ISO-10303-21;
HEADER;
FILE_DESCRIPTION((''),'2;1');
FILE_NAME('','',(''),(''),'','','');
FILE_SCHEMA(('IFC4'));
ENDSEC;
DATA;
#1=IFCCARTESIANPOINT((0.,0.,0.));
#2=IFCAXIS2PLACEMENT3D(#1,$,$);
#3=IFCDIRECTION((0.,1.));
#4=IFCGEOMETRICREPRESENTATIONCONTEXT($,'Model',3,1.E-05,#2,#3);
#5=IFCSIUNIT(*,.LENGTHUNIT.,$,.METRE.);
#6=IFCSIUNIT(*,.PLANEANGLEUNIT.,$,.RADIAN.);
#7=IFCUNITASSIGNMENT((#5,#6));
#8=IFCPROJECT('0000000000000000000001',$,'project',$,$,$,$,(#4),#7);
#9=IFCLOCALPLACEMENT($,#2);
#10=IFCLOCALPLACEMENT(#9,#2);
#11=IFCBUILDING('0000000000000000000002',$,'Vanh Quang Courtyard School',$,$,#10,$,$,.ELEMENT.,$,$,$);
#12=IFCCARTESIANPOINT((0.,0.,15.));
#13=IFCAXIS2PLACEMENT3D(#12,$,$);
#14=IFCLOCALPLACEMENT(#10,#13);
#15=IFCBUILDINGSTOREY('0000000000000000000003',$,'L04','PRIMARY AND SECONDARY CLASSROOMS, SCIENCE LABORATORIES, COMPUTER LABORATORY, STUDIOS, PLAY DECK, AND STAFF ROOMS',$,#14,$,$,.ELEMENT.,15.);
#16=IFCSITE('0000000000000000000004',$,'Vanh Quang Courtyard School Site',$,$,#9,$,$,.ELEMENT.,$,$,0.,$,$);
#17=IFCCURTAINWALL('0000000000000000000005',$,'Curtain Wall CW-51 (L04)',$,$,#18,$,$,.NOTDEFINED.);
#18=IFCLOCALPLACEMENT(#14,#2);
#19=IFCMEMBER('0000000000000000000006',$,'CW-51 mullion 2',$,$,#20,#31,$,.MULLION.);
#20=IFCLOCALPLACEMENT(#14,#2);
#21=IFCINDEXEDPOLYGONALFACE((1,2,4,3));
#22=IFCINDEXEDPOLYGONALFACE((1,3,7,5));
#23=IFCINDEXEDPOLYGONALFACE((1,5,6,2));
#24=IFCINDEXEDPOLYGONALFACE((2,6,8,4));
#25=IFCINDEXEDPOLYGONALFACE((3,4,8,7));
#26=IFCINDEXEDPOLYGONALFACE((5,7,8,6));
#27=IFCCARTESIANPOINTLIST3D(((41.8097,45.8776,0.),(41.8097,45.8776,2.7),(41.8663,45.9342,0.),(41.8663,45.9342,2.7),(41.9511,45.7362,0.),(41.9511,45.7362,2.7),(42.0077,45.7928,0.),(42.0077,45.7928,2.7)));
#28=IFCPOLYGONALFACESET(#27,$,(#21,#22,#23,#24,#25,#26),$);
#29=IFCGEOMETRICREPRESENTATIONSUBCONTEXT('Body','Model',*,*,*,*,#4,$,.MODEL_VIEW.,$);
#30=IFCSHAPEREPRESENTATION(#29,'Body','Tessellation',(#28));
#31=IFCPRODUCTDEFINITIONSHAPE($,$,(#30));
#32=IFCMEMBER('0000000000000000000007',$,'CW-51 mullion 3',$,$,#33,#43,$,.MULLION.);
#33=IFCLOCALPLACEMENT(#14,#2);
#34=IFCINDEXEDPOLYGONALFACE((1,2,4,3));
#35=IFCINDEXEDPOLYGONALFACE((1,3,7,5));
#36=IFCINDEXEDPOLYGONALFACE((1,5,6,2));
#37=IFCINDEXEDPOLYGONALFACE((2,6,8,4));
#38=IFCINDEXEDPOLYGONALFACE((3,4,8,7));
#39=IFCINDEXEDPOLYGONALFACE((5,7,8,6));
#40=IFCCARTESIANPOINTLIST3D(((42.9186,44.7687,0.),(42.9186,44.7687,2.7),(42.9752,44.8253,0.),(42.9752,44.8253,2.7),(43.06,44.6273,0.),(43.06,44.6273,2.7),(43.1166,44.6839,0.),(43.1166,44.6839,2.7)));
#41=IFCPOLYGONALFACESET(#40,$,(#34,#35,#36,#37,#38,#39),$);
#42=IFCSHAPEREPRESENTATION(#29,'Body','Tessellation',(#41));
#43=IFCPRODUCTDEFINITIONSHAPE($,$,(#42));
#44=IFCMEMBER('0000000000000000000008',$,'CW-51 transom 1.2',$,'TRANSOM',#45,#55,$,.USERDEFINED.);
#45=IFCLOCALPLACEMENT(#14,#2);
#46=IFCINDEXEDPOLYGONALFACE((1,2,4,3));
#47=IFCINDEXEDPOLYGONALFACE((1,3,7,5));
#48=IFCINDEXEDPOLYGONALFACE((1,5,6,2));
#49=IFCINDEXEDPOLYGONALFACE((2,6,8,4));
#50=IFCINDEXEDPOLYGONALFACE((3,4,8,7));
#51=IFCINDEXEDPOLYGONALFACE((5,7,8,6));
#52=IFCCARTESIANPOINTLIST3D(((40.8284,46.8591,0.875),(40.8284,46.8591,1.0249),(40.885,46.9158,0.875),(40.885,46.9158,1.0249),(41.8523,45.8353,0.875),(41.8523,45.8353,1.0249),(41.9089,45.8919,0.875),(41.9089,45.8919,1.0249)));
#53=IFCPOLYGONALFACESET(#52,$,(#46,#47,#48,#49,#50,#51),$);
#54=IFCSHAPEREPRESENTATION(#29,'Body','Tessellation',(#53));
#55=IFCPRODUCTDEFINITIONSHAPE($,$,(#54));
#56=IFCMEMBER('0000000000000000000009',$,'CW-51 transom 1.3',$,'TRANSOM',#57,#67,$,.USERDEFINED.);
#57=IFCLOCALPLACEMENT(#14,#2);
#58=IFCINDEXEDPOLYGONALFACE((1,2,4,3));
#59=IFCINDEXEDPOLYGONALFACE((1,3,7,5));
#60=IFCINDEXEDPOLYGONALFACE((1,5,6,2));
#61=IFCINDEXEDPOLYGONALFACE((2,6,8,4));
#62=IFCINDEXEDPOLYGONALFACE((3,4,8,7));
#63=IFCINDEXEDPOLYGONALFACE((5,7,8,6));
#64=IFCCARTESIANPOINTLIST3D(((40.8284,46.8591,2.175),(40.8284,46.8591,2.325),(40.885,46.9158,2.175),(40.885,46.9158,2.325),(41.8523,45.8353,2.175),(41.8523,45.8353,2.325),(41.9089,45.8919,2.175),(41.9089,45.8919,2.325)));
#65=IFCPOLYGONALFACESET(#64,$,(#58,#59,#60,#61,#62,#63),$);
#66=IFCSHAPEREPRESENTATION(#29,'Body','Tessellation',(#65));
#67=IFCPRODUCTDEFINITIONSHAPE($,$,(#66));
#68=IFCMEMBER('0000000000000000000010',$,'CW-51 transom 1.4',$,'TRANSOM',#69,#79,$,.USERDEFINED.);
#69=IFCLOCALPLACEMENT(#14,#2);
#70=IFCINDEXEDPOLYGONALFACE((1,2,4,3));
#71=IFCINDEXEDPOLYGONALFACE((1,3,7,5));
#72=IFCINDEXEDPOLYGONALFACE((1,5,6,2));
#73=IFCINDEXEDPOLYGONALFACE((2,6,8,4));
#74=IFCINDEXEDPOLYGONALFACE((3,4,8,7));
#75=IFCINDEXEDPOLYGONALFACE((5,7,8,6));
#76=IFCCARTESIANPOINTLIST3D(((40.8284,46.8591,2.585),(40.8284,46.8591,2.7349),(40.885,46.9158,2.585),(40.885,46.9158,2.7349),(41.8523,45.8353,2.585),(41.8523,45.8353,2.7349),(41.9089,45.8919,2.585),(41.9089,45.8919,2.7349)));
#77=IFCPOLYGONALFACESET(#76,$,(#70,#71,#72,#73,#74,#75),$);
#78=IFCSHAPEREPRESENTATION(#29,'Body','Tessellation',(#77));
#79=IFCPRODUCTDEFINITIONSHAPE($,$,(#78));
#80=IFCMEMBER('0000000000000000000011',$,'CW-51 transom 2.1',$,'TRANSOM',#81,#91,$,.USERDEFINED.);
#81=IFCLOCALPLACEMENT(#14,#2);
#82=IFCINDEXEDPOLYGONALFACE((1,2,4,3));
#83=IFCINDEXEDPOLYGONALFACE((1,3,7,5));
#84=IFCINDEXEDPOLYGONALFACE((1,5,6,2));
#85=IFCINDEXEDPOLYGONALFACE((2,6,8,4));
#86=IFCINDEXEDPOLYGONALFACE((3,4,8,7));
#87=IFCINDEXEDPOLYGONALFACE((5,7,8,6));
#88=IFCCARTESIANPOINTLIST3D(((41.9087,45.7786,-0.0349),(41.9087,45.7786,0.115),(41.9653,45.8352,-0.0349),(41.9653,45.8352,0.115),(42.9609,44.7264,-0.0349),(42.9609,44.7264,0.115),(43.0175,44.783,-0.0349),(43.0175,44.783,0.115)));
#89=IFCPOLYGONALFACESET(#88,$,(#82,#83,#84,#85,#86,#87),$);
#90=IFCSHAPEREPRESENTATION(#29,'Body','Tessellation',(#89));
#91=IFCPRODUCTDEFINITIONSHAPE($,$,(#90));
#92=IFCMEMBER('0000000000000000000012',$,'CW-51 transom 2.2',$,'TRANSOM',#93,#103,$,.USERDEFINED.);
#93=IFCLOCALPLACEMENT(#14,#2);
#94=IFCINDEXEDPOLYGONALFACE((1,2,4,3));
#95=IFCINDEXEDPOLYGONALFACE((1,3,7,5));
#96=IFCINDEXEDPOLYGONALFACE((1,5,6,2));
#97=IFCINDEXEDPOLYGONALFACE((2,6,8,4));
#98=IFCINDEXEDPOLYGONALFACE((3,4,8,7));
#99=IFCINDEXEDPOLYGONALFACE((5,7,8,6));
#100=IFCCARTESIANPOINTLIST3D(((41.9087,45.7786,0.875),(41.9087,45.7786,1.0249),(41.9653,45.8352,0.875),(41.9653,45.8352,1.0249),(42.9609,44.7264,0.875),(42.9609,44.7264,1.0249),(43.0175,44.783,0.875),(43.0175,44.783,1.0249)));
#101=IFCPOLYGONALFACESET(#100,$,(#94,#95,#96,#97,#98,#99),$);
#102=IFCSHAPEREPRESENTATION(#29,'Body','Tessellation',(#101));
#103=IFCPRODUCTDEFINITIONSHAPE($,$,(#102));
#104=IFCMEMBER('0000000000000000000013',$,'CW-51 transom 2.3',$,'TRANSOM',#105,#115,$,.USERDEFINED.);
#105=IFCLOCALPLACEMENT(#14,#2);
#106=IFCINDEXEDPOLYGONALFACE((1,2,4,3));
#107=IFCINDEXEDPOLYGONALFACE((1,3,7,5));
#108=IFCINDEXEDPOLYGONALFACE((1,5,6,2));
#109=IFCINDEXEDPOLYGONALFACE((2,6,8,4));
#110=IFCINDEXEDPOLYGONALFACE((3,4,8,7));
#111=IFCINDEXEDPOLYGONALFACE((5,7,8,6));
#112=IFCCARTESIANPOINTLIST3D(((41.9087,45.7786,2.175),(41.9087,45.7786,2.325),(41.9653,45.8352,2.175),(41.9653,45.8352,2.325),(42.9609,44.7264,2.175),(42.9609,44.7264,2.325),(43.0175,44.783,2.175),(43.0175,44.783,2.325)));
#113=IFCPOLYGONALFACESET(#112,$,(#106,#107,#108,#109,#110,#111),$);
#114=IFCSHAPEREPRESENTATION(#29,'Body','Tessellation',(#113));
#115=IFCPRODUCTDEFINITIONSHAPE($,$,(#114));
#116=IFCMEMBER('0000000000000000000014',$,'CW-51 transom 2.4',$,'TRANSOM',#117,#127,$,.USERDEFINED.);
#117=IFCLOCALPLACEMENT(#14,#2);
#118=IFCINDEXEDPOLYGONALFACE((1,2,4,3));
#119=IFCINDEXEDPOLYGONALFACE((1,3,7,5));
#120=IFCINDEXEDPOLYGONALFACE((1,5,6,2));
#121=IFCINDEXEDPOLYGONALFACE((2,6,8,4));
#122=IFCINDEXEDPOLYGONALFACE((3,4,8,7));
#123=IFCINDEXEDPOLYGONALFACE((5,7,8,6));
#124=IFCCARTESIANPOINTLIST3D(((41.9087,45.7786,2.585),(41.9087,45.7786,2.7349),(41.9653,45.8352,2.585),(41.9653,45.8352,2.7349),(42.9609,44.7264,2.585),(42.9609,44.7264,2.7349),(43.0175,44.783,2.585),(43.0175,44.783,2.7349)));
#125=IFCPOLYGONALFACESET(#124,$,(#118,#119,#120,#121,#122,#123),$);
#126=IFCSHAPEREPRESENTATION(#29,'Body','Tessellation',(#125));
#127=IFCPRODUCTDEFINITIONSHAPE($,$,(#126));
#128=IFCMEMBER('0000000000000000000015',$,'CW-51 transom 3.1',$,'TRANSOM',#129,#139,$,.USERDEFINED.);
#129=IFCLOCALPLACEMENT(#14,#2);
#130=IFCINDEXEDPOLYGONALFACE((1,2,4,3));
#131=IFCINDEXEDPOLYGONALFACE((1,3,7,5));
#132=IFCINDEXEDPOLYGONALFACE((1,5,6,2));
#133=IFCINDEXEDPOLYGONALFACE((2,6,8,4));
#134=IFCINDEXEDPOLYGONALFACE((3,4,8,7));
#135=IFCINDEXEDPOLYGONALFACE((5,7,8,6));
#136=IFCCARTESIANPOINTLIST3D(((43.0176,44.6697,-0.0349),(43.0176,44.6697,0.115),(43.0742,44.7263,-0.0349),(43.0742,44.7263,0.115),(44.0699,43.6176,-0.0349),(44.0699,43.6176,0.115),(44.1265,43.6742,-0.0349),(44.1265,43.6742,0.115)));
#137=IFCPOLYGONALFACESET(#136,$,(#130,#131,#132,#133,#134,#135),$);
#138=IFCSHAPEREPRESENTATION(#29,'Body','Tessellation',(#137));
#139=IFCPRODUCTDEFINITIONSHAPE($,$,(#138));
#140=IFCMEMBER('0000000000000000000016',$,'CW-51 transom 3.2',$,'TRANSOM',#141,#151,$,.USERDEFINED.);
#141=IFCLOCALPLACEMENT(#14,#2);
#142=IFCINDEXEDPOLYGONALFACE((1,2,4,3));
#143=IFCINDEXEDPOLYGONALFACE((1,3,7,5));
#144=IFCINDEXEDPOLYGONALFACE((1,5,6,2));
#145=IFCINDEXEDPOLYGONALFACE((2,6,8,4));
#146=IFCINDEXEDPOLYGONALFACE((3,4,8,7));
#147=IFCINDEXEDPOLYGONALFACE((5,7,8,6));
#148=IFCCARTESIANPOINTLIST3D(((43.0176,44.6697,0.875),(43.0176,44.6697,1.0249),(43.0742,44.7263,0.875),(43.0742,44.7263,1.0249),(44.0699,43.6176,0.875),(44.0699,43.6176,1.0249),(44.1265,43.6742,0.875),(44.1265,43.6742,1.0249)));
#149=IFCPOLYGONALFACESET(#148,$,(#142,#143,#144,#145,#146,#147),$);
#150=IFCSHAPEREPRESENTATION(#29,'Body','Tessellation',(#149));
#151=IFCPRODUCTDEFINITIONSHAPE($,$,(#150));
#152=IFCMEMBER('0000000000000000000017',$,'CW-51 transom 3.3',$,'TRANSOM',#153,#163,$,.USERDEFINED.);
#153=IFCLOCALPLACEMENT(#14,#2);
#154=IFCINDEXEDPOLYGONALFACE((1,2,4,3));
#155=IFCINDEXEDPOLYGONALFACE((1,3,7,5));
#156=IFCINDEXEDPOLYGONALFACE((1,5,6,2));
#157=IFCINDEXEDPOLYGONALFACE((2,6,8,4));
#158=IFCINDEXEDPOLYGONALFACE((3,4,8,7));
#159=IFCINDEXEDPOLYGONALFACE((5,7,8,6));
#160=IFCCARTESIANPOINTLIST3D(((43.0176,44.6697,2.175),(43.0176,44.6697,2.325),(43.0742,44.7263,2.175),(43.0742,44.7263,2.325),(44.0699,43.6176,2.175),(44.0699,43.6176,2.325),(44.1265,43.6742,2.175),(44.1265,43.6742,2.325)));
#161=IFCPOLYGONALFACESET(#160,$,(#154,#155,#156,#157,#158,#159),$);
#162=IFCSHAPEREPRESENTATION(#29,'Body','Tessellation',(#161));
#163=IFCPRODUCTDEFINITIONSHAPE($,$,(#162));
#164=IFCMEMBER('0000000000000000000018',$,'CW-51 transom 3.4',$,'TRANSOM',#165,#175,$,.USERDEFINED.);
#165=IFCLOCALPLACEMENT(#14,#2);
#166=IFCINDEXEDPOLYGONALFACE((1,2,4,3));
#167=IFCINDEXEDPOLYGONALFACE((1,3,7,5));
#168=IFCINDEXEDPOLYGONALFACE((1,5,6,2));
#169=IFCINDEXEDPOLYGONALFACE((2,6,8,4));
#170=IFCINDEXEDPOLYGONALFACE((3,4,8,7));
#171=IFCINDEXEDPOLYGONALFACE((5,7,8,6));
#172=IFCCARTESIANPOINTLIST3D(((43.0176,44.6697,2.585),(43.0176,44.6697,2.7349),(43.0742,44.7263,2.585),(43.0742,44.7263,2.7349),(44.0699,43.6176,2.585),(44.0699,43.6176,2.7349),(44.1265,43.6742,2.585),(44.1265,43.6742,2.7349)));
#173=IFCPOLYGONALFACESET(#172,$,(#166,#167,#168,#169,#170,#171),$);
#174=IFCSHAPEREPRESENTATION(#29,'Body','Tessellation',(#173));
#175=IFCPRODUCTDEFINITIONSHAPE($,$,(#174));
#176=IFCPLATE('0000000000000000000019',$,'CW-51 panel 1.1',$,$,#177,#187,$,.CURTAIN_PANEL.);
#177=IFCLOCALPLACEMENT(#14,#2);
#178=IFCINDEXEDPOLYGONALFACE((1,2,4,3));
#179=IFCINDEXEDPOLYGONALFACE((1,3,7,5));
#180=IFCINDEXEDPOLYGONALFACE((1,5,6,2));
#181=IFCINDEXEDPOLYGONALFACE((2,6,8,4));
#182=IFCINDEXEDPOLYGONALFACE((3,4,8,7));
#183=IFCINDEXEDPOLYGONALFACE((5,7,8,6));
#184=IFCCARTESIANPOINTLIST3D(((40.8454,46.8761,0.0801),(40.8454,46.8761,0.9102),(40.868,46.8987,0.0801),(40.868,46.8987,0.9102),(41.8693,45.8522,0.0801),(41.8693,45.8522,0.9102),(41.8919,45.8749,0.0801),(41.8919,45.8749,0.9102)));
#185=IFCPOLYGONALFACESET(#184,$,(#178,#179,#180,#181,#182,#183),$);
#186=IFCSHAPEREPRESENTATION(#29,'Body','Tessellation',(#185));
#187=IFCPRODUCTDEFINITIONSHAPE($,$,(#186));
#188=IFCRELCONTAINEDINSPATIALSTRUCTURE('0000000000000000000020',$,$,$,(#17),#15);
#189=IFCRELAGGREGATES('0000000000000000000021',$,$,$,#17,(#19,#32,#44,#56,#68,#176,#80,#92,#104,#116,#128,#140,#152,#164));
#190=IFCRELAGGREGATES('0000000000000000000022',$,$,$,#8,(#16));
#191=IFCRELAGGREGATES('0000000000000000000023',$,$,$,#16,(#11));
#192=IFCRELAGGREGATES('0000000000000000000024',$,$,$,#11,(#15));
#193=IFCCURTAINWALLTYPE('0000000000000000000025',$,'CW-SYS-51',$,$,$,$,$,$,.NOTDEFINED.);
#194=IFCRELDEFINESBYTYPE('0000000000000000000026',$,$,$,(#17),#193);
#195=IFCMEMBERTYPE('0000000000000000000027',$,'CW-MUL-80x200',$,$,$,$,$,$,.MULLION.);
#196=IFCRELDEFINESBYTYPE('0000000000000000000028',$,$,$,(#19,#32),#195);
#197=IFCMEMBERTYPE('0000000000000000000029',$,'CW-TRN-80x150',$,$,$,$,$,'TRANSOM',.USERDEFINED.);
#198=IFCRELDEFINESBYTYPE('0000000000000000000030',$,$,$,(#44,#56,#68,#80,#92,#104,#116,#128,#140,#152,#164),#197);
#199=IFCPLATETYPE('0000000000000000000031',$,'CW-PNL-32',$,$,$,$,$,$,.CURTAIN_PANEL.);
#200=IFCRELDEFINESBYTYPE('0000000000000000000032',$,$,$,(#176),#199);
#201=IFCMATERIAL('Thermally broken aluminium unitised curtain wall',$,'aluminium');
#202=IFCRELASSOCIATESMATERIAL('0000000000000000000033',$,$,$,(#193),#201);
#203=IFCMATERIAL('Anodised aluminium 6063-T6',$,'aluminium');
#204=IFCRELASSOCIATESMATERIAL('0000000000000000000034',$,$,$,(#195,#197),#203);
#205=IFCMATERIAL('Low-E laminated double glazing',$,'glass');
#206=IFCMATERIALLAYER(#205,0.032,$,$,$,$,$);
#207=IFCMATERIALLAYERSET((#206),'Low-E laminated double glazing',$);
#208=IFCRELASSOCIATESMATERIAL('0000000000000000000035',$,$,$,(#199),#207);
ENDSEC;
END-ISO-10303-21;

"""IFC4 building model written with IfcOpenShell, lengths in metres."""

from ifc_helpers import new_model, si_unit, direction, frame, origin, origin_2d, place, context, subcontext, project, spatial, rectangle, extrude, material, layer, layer_set, material_profile, profile_set, type_object, element, aggregate, save


model = new_model("IFC4")

# Units and contexts
model_context = context("Model", 3, precision=1e-05, world=origin(), true_north=direction((0.0, 1.0)))
body_context = subcontext(model_context, "Body", "Model", "MODEL_VIEW")
ifc_project = project(units=[si_unit("LENGTHUNIT", "METRE"), si_unit("PLANEANGLEUNIT", "RADIAN")], contexts=[model_context])

# Site, building, storey
site_placement = place(None, origin())
site = spatial("IfcSite", under=ifc_project, at=site_placement, Name="Vanh Quang Courtyard School Site", CompositionType="ELEMENT", RefElevation=0.0)
building_placement = place(site_placement, origin())
building = spatial("IfcBuilding", under=site, at=building_placement, Name="Vanh Quang Courtyard School", CompositionType="ELEMENT")
storey_placement = place(building_placement, frame((0.0, 0.0, 15.0)))
storey = spatial("IfcBuildingStorey", under=building, at=storey_placement, Name="L04", Description="PRIMARY AND SECONDARY CLASSROOMS, SCIENCE LABORATORIES, COMPUTER LABORATORY, STUDIOS, PLAY DECK, AND STAFF ROOMS", CompositionType="ELEMENT", Elevation=15.0)

# Curtain wall, members, plate
ifc_material_1 = material(Name="Thermally broken aluminium unitised curtain wall", Category="aluminium")
curtain_wall_type = type_object("IfcCurtainWallType", Name="CW-SYS-51", PredefinedType="NOTDEFINED", material=ifc_material_1)
curtain_wall_placement = place(storey_placement, origin())
curtain_wall = element("IfcCurtainWall", 1, at=curtain_wall_placement, inside=storey, type_object=curtain_wall_type, Name="Curtain Wall CW-51 (L04)", PredefinedType="NOTDEFINED")
ifc_material_2 = material(Name="Anodised aluminium 6063-T6", Category="aluminium")
ifc_material_profile_1 = material_profile(ifc_material_2, rectangle(XDim=0.0801, YDim=0.2, at=origin_2d()), Name="ALU-MUL 80x200")
ifc_profile_set_1 = profile_set([ifc_material_profile_1], Name="Anodised aluminium 6063-T6")
member_type_1 = type_object("IfcMemberType", Name="CW-MUL-80x200", PredefinedType="MULLION", material=ifc_profile_set_1)
member_1_placement = place(storey_placement, frame((41.9087, 45.8352, 0.0), z_axis=(0.0, 0.0, 1.0), x_axis=(0.707107, 0.707107, 0.0)))
member_1 = element("IfcMember", 2, at=member_1_placement, type_object=member_type_1, Name="CW-51 mullion 2", PredefinedType="MULLION", context=body_context, shape_type="SweptSolid", body=[
    extrude(rectangle(XDim=0.0801, YDim=0.2, at=origin_2d()), origin(), (0.0, 0.0, 1.0), 2.7),
])
member_2_placement = place(storey_placement, frame((43.0176, 44.7263, 0.0), z_axis=(0.0, 0.0, 1.0), x_axis=(0.707107, 0.707107, 0.0)))
member_2 = element("IfcMember", 3, at=member_2_placement, type_object=member_type_1, Name="CW-51 mullion 3", PredefinedType="MULLION", context=body_context, shape_type="SweptSolid", body=[
    extrude(rectangle(XDim=0.0801, YDim=0.2, at=origin_2d()), origin(), (0.0, 0.0, 1.0), 2.7),
])
ifc_material_profile_2 = material_profile(ifc_material_2, rectangle(XDim=0.0801, YDim=0.1499, at=origin_2d()), Name="ALU-TRN 80x150")
ifc_profile_set_2 = profile_set([ifc_material_profile_2], Name="Anodised aluminium 6063-T6")
member_type_2 = type_object("IfcMemberType", Name="CW-TRN-80x150", ElementType="TRANSOM", PredefinedType="USERDEFINED", material=ifc_profile_set_2)
member_3_placement = place(storey_placement, frame((40.8567, 46.8875, 0.95), z_axis=(0.707107, -0.707107, 0.0), x_axis=(0.707107, 0.707107, 0.0)))
member_3 = element("IfcMember", 4, at=member_3_placement, type_object=member_type_2, Name="CW-51 transom 1.2", ObjectType="TRANSOM", PredefinedType="USERDEFINED", context=body_context, shape_type="SweptSolid", body=[
    extrude(rectangle(XDim=0.0801, YDim=0.1499, at=origin_2d()), origin(), (0.0, 0.0, 1.0), 1.448),
])
member_4_placement = place(storey_placement, frame((40.8567, 46.8875, 2.25), z_axis=(0.707107, -0.707107, 0.0), x_axis=(0.707107, 0.707107, 0.0)))
member_4 = element("IfcMember", 5, at=member_4_placement, type_object=member_type_2, Name="CW-51 transom 1.3", ObjectType="TRANSOM", PredefinedType="USERDEFINED", context=body_context, shape_type="SweptSolid", body=[
    extrude(rectangle(XDim=0.0801, YDim=0.1499, at=origin_2d()), origin(), (0.0, 0.0, 1.0), 1.448),
])
member_5_placement = place(storey_placement, frame((40.8567, 46.8875, 2.6599), z_axis=(0.707107, -0.707107, 0.0), x_axis=(0.707107, 0.707107, 0.0)))
member_5 = element("IfcMember", 6, at=member_5_placement, type_object=member_type_2, Name="CW-51 transom 1.4", ObjectType="TRANSOM", PredefinedType="USERDEFINED", context=body_context, shape_type="SweptSolid", body=[
    extrude(rectangle(XDim=0.0801, YDim=0.1499, at=origin_2d()), origin(), (0.0, 0.0, 1.0), 1.448),
])
member_6_placement = place(storey_placement, frame((41.937, 45.8069, 0.04), z_axis=(0.707107, -0.707107, 0.0), x_axis=(0.707107, 0.707107, 0.0)))
member_6 = element("IfcMember", 7, at=member_6_placement, type_object=member_type_2, Name="CW-51 transom 2.1", ObjectType="TRANSOM", PredefinedType="USERDEFINED", context=body_context, shape_type="SweptSolid", body=[
    extrude(rectangle(XDim=0.0801, YDim=0.1499, at=origin_2d()), origin(), (0.0, 0.0, 1.0), 1.488),
])
member_7_placement = place(storey_placement, frame((41.937, 45.8069, 0.95), z_axis=(0.707107, -0.707107, 0.0), x_axis=(0.707107, 0.707107, 0.0)))
member_7 = element("IfcMember", 8, at=member_7_placement, type_object=member_type_2, Name="CW-51 transom 2.2", ObjectType="TRANSOM", PredefinedType="USERDEFINED", context=body_context, shape_type="SweptSolid", body=[
    extrude(rectangle(XDim=0.0801, YDim=0.1499, at=origin_2d()), origin(), (0.0, 0.0, 1.0), 1.488),
])
member_8_placement = place(storey_placement, frame((41.937, 45.8069, 2.25), z_axis=(0.707107, -0.707107, 0.0), x_axis=(0.707107, 0.707107, 0.0)))
member_8 = element("IfcMember", 9, at=member_8_placement, type_object=member_type_2, Name="CW-51 transom 2.3", ObjectType="TRANSOM", PredefinedType="USERDEFINED", context=body_context, shape_type="SweptSolid", body=[
    extrude(rectangle(XDim=0.0801, YDim=0.1499, at=origin_2d()), origin(), (0.0, 0.0, 1.0), 1.488),
])
member_9_placement = place(storey_placement, frame((41.937, 45.8069, 2.6599), z_axis=(0.707107, -0.707107, 0.0), x_axis=(0.707107, 0.707107, 0.0)))
member_9 = element("IfcMember", 10, at=member_9_placement, type_object=member_type_2, Name="CW-51 transom 2.4", ObjectType="TRANSOM", PredefinedType="USERDEFINED", context=body_context, shape_type="SweptSolid", body=[
    extrude(rectangle(XDim=0.0801, YDim=0.1499, at=origin_2d()), origin(), (0.0, 0.0, 1.0), 1.488),
])
member_10_placement = place(storey_placement, frame((43.0459, 44.698, 0.04), z_axis=(0.707189, -0.707025, 0.0), x_axis=(0.707025, 0.707189, 0.0)))
member_10 = element("IfcMember", 11, at=member_10_placement, type_object=member_type_2, Name="CW-51 transom 3.1", ObjectType="TRANSOM", PredefinedType="USERDEFINED", context=body_context, shape_type="SweptSolid", body=[
    extrude(rectangle(XDim=0.0801, YDim=0.1499, at=origin_2d()), origin(), (0.0, 0.0, 1.0), 1.488),
])
member_11_placement = place(storey_placement, frame((43.0459, 44.698, 0.95), z_axis=(0.707189, -0.707025, 0.0), x_axis=(0.707025, 0.707189, 0.0)))
member_11 = element("IfcMember", 12, at=member_11_placement, type_object=member_type_2, Name="CW-51 transom 3.2", ObjectType="TRANSOM", PredefinedType="USERDEFINED", context=body_context, shape_type="SweptSolid", body=[
    extrude(rectangle(XDim=0.0801, YDim=0.1499, at=origin_2d()), origin(), (0.0, 0.0, 1.0), 1.488),
])
member_12_placement = place(storey_placement, frame((43.0459, 44.698, 2.25), z_axis=(0.707189, -0.707025, 0.0), x_axis=(0.707025, 0.707189, 0.0)))
member_12 = element("IfcMember", 13, at=member_12_placement, type_object=member_type_2, Name="CW-51 transom 3.3", ObjectType="TRANSOM", PredefinedType="USERDEFINED", context=body_context, shape_type="SweptSolid", body=[
    extrude(rectangle(XDim=0.0801, YDim=0.1499, at=origin_2d()), origin(), (0.0, 0.0, 1.0), 1.488),
])
member_13_placement = place(storey_placement, frame((43.0459, 44.698, 2.6599), z_axis=(0.707189, -0.707025, 0.0), x_axis=(0.707025, 0.707189, 0.0)))
member_13 = element("IfcMember", 14, at=member_13_placement, type_object=member_type_2, Name="CW-51 transom 3.4", ObjectType="TRANSOM", PredefinedType="USERDEFINED", context=body_context, shape_type="SweptSolid", body=[
    extrude(rectangle(XDim=0.0801, YDim=0.1499, at=origin_2d()), origin(), (0.0, 0.0, 1.0), 1.488),
])
ifc_material_3 = material(Name="Low-E laminated double glazing", Category="glass")
ifc_layer_1 = layer(ifc_material_3, 0.032)
ifc_layer_set_1 = layer_set([ifc_layer_1], Name="Low-E laminated double glazing")
plate_type = type_object("IfcPlateType", Name="CW-PNL-32", PredefinedType="CURTAIN_PANEL", material=ifc_layer_set_1)
plate_1_placement = place(storey_placement, frame((41.3687, 46.3755, 0.0801), z_axis=(0.0, 0.0, 1.0), x_axis=(0.707107, -0.707107, 0.0)))
plate_1 = element("IfcPlate", 15, at=plate_1_placement, type_object=plate_type, Name="CW-51 panel 1.1", PredefinedType="CURTAIN_PANEL", context=body_context, shape_type="SweptSolid", body=[
    extrude(rectangle(XDim=1.448, YDim=0.032, at=origin_2d()), origin(), (0.0, 0.0, 1.0), 0.8301),
])
aggregate(curtain_wall, [member_1, member_2, member_3, member_4, member_5, plate_1, member_6, member_7, member_8, member_9, member_10, member_11, member_12, member_13])

save(model, "model.ifc")
